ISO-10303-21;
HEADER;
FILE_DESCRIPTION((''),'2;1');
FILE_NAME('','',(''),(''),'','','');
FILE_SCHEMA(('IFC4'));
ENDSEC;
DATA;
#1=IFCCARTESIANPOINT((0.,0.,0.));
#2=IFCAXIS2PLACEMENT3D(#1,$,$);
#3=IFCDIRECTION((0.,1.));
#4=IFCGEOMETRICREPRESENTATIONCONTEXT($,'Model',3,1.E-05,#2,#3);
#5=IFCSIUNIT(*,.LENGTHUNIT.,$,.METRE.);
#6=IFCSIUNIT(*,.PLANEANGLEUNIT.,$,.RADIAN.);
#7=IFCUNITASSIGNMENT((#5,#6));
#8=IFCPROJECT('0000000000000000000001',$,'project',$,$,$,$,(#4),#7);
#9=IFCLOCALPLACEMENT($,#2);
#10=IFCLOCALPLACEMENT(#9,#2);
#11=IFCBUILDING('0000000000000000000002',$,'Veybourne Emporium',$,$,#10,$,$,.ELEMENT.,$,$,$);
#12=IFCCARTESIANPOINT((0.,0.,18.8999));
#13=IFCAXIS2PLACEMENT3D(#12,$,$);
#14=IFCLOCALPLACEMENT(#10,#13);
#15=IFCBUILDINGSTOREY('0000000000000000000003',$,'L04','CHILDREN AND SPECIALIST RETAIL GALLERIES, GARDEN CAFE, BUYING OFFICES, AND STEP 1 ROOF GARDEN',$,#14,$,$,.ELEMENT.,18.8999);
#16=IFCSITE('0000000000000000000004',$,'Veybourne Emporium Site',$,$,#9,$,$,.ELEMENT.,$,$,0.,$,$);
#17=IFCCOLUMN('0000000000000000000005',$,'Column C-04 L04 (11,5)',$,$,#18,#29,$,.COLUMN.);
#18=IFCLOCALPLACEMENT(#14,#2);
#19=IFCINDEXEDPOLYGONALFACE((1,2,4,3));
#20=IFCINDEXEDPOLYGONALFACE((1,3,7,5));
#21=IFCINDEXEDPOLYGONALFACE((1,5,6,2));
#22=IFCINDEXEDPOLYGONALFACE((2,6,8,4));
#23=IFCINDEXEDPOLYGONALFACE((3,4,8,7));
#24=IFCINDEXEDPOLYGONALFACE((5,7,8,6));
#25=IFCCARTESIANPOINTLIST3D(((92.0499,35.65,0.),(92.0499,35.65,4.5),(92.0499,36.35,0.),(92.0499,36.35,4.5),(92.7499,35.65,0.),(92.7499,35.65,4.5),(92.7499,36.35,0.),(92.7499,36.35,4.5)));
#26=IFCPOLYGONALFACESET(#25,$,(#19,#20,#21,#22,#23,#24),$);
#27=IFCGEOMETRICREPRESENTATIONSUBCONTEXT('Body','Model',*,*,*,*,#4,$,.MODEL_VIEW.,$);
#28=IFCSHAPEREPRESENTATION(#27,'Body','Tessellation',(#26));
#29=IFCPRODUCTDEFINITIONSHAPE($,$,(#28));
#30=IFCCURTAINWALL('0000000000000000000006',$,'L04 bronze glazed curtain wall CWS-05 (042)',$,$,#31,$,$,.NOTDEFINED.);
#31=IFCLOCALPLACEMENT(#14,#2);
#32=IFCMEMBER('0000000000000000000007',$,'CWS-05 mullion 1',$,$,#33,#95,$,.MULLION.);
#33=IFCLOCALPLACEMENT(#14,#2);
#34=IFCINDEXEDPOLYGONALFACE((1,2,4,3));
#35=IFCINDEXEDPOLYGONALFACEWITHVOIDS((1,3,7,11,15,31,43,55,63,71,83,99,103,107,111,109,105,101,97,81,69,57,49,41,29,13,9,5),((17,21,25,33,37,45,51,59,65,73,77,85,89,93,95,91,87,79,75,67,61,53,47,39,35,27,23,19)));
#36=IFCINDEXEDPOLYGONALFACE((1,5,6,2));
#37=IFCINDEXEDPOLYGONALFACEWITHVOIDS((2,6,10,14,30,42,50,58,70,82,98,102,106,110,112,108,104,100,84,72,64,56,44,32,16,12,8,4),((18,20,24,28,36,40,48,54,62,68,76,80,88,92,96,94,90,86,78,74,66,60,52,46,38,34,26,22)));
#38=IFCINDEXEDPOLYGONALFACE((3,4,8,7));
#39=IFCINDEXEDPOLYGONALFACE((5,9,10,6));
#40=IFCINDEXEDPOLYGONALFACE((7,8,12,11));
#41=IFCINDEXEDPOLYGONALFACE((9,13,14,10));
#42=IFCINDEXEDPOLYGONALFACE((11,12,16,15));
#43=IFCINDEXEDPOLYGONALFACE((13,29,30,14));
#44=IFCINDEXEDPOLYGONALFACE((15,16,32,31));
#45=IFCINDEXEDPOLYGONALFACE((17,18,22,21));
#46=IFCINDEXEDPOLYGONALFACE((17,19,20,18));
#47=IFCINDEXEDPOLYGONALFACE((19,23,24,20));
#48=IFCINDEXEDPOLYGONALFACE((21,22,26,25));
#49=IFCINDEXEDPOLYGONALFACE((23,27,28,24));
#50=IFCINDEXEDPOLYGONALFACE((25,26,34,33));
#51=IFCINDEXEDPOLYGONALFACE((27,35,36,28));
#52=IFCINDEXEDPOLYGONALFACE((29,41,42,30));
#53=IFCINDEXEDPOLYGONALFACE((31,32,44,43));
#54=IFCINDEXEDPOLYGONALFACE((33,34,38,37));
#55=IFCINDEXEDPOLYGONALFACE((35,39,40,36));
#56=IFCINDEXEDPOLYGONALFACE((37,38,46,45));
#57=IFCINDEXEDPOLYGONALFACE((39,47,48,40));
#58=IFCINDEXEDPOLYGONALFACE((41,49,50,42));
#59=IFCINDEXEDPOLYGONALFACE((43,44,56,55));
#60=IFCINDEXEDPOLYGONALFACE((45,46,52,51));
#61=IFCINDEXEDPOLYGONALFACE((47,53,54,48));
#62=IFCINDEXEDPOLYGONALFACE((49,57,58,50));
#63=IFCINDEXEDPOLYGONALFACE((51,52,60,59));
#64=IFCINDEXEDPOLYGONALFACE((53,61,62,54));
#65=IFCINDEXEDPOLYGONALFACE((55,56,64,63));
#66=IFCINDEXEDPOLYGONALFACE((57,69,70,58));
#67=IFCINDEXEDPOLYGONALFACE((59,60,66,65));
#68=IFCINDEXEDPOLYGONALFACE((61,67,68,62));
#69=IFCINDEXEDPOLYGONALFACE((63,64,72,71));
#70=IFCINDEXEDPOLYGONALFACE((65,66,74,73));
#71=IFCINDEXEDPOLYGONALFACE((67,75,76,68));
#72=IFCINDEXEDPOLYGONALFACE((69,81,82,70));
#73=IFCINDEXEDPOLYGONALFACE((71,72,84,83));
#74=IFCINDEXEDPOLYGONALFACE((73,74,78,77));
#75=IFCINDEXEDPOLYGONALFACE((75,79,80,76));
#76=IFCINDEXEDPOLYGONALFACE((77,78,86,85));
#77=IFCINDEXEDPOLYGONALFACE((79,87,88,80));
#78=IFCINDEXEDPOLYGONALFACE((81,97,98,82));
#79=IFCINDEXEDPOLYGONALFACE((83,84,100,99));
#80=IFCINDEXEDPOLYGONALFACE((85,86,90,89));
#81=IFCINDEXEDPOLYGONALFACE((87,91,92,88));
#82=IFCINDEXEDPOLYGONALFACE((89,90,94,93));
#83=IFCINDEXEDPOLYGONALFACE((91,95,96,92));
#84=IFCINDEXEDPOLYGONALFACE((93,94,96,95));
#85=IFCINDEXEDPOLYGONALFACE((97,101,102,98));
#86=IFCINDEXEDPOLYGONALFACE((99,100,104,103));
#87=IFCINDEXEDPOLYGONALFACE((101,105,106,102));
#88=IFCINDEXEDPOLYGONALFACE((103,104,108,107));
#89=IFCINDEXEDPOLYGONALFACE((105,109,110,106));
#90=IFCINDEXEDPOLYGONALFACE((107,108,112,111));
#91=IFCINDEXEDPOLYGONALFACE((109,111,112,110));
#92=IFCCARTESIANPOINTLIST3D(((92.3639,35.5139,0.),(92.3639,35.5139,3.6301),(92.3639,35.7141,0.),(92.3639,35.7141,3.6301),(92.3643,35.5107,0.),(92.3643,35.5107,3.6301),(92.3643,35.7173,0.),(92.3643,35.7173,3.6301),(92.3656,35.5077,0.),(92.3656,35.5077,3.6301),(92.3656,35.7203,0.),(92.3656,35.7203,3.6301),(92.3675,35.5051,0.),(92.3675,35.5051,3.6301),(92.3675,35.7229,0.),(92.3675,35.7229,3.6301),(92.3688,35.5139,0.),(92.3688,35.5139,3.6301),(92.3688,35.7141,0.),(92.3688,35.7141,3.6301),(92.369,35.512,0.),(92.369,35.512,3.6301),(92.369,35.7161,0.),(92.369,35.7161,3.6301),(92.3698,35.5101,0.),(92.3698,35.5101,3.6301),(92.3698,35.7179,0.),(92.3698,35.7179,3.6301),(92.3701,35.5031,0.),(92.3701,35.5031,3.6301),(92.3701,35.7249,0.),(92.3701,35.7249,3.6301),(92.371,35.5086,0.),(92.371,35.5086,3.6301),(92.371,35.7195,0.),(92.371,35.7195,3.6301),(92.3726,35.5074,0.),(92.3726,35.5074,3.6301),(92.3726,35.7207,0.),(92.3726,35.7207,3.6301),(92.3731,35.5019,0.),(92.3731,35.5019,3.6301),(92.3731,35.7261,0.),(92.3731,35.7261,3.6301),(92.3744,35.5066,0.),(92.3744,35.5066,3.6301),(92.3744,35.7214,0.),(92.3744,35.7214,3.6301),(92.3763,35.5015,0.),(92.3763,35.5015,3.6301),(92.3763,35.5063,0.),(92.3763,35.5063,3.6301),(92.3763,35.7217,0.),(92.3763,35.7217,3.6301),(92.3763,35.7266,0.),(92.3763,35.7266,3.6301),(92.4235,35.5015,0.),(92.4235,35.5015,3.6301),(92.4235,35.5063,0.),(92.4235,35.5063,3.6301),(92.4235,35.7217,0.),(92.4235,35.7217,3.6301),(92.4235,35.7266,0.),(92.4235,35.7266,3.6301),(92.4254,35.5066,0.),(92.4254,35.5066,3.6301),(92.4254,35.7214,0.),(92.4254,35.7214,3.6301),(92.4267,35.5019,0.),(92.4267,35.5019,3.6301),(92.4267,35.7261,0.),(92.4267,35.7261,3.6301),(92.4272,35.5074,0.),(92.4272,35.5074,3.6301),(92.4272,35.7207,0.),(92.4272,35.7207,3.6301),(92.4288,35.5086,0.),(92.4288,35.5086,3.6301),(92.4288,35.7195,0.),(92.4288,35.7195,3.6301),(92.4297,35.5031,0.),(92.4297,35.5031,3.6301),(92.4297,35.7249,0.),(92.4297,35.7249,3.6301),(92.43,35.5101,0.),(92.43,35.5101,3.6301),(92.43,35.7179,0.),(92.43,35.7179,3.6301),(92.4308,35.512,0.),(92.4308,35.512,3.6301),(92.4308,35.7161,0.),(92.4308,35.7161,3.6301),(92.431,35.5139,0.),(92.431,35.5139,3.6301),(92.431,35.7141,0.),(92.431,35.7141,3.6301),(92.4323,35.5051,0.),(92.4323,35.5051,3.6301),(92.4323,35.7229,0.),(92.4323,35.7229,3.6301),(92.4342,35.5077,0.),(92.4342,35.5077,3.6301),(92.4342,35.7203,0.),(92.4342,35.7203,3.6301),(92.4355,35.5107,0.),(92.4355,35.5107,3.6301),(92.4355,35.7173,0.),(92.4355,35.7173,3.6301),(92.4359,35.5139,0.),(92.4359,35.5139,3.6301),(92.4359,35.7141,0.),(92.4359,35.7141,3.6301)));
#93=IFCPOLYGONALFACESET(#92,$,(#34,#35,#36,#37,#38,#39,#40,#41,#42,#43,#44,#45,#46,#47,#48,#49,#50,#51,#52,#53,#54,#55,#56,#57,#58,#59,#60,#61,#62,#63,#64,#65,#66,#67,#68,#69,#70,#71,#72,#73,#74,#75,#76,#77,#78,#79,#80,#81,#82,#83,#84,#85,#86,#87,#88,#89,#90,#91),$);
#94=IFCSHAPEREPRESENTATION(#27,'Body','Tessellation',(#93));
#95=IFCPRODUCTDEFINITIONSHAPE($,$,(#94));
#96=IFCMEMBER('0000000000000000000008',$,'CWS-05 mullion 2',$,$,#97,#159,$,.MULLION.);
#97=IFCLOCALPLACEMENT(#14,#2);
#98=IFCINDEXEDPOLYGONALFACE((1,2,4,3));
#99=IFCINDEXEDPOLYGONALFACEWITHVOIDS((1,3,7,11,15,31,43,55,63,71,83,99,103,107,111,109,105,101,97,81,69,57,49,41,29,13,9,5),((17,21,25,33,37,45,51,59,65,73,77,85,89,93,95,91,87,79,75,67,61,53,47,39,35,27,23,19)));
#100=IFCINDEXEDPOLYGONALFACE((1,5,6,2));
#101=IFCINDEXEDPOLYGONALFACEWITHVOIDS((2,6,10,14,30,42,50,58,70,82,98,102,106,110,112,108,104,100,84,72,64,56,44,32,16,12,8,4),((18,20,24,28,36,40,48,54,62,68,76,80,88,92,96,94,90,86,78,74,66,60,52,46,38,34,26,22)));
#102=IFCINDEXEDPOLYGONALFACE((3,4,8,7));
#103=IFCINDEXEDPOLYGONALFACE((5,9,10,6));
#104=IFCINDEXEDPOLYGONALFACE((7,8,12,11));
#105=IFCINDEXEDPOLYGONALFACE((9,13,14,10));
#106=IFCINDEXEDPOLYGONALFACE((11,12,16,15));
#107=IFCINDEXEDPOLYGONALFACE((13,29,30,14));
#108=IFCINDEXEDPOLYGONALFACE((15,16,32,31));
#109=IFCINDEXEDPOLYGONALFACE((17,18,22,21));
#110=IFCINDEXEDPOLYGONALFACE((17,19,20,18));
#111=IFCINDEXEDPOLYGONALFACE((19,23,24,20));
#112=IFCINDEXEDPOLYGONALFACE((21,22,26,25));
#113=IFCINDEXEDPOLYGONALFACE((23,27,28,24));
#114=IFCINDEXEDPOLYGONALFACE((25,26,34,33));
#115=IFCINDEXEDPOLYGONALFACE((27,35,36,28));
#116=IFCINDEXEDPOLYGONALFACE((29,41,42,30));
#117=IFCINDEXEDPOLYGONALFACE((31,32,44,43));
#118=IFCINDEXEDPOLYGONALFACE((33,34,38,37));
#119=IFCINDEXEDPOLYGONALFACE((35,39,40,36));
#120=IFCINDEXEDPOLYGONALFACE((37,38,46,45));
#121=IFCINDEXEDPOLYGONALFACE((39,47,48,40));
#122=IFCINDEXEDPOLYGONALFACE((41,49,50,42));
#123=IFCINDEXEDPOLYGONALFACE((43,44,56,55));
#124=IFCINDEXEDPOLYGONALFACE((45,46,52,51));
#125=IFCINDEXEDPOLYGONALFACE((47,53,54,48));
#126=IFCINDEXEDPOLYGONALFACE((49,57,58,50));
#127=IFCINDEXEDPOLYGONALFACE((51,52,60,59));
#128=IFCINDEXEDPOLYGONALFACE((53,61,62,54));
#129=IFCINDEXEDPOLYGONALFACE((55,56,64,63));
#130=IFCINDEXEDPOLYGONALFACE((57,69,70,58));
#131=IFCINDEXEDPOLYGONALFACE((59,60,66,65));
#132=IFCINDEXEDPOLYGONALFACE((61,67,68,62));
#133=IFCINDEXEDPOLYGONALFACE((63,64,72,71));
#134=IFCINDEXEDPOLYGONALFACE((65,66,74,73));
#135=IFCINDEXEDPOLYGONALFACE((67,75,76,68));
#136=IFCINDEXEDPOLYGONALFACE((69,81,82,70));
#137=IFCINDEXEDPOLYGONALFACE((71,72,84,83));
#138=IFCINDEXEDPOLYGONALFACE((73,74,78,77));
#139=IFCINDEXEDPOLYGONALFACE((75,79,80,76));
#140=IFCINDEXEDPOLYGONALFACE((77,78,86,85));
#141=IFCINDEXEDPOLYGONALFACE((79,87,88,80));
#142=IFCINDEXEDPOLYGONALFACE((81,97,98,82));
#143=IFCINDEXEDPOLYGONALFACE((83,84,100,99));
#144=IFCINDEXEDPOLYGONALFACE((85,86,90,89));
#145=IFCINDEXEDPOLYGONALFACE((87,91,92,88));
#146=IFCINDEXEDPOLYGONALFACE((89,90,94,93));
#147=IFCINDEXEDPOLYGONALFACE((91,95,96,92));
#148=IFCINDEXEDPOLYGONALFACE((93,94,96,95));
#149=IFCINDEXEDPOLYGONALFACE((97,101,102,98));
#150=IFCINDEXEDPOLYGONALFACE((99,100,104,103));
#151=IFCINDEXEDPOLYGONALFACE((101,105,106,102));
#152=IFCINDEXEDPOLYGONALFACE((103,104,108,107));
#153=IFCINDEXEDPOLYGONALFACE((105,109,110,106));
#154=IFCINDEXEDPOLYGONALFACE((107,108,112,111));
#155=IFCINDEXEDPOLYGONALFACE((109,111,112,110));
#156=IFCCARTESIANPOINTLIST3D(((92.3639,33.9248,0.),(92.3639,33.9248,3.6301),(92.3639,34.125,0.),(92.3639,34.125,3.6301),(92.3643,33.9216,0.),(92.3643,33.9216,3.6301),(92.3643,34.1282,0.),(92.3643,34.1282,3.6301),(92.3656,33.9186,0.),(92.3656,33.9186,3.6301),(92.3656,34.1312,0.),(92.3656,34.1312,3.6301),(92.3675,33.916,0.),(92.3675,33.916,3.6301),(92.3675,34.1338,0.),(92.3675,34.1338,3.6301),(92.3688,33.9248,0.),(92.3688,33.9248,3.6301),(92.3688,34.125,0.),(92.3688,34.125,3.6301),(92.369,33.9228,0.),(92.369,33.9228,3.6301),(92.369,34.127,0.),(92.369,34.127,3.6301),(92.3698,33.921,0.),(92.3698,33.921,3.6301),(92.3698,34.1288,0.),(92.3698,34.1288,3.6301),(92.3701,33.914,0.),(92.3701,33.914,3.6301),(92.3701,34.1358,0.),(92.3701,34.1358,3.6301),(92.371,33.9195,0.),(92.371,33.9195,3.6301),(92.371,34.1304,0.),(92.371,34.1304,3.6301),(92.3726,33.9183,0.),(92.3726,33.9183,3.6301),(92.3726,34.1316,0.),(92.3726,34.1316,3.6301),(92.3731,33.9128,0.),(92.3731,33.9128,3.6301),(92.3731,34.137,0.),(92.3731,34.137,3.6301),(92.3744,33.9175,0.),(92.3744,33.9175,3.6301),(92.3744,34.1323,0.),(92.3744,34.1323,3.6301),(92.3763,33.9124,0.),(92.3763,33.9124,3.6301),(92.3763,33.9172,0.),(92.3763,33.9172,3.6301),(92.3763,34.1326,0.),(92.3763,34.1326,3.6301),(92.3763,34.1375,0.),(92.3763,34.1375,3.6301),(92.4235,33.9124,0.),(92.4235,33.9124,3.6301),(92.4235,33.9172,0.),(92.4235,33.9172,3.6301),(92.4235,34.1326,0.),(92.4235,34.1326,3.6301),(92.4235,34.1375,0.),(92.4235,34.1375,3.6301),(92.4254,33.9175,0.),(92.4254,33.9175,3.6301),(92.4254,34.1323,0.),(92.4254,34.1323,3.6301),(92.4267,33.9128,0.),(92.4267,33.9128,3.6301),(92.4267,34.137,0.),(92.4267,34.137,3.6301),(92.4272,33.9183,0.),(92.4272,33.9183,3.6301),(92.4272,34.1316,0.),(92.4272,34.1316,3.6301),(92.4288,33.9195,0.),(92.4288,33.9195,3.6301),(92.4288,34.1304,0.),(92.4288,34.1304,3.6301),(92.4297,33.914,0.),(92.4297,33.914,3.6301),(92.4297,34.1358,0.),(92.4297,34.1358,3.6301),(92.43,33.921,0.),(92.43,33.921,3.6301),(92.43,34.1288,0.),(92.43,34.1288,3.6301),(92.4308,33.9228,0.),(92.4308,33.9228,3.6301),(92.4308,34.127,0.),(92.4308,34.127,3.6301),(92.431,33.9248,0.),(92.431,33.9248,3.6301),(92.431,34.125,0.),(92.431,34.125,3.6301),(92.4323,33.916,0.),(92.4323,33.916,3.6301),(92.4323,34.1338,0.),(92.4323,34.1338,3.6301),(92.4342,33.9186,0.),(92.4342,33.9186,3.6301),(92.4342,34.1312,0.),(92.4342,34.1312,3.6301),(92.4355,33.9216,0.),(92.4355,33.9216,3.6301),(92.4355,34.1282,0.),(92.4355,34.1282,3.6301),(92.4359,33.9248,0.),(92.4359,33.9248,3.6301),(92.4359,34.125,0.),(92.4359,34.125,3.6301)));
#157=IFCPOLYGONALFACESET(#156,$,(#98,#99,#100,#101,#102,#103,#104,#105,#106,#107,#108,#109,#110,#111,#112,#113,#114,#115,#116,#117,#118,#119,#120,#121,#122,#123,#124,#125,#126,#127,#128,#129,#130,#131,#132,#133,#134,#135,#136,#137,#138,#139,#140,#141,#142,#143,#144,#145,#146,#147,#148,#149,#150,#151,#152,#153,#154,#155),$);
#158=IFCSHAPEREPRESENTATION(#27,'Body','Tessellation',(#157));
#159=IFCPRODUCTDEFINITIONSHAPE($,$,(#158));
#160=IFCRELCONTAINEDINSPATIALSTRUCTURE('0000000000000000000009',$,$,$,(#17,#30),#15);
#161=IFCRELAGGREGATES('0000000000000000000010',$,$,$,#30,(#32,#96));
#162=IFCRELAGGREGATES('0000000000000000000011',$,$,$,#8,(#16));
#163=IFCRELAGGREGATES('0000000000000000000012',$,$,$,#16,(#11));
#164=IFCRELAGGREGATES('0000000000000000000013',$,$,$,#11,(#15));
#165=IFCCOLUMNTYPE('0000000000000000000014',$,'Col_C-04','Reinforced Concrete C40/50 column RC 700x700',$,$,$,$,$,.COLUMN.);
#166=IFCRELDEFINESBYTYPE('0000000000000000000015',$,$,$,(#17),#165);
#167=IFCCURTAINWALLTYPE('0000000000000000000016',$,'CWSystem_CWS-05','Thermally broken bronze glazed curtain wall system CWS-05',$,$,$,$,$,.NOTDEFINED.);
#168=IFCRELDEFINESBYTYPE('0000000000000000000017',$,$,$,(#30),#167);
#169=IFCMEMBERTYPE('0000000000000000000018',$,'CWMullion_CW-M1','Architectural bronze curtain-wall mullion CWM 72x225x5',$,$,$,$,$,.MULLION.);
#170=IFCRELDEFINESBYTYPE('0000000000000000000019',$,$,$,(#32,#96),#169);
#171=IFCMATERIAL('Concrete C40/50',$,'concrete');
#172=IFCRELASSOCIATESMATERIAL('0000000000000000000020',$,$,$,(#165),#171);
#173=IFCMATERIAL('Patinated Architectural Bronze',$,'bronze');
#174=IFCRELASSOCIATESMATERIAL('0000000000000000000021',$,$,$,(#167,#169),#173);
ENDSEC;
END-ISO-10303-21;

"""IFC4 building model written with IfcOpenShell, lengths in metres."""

from ifc_helpers import new_model, si_unit, direction, frame, origin, origin_2d, place, context, subcontext, project, spatial, rectangle, hollow_rectangle, extrude, material, material_profile, profile_set, type_object, element, aggregate, save


model = new_model("IFC4")

# Units and contexts
model_context = context("Model", 3, precision=1e-05, world=origin(), true_north=direction((0.0, 1.0)))
body_context = subcontext(model_context, "Body", "Model", "MODEL_VIEW")
ifc_project = project(units=[si_unit("LENGTHUNIT", "METRE"), si_unit("PLANEANGLEUNIT", "RADIAN")], contexts=[model_context])

# Site, building, storey
site_placement = place(None, origin())
site = spatial("IfcSite", under=ifc_project, at=site_placement, Name="Veybourne Emporium Site", CompositionType="ELEMENT", RefElevation=0.0)
building_placement = place(site_placement, origin())
building = spatial("IfcBuilding", under=site, at=building_placement, Name="Veybourne Emporium", CompositionType="ELEMENT")
storey_placement = place(building_placement, frame((0.0, 0.0, 18.8999)))
storey = spatial("IfcBuildingStorey", under=building, at=storey_placement, Name="L04", Description="CHILDREN AND SPECIALIST RETAIL GALLERIES, GARDEN CAFE, BUYING OFFICES, AND STEP 1 ROOF GARDEN", CompositionType="ELEMENT", Elevation=18.8999)

# Column
ifc_material_1 = material(Name="Concrete C40/50", Category="concrete")
ifc_material_profile_1 = material_profile(ifc_material_1, rectangle(XDim=0.7, YDim=0.7, at=origin_2d()), Name="RC 700x700")
ifc_profile_set_1 = profile_set([ifc_material_profile_1], Name="Concrete C40/50")
column_type = type_object("IfcColumnType", Name="Col_C-04", Description="Reinforced Concrete C40/50 column RC 700x700", PredefinedType="COLUMN", material=ifc_profile_set_1)
column_placement = place(storey_placement, frame((92.3999, 36.0, 0.0), z_axis=(0.0, 0.0, 1.0), x_axis=(1.0, 0.0, 0.0)))
element("IfcColumn", 1, at=column_placement, inside=storey, type_object=column_type, Name="Column C-04 L04 (11,5)", PredefinedType="COLUMN", context=body_context, shape_type="SweptSolid", body=[
    extrude(rectangle(XDim=0.7, YDim=0.7, at=origin_2d()), origin(), (0.0, 0.0, 1.0), 4.5),
])

# Curtain wall, members
ifc_material_2 = material(Name="Patinated Architectural Bronze", Category="bronze")
curtain_wall_type_1 = type_object("IfcCurtainWallType", Name="CWSystem_CWS-05", Description="Thermally broken bronze glazed curtain wall system CWS-05", PredefinedType="NOTDEFINED", material=ifc_material_2)
curtain_wall_1_placement = place(storey_placement, origin())
curtain_wall_1 = element("IfcCurtainWall", 2, at=curtain_wall_1_placement, inside=storey, type_object=curtain_wall_type_1, Name="L04 bronze glazed curtain wall CWS-05 (042)", PredefinedType="NOTDEFINED")
ifc_material_profile_2 = material_profile(ifc_material_2, hollow_rectangle(XDim=0.072, YDim=0.2251, WallThickness=0.0049, InnerFilletRadius=0.0076, OuterFilletRadius=0.0125, at=origin_2d()), Name="CWM 72x225x5")
ifc_profile_set_2 = profile_set([ifc_material_profile_2], Name="Patinated Architectural Bronze")
member_type_1 = type_object("IfcMemberType", Name="CWMullion_CW-M1", Description="Architectural bronze curtain-wall mullion CWM 72x225x5", PredefinedType="MULLION", material=ifc_profile_set_2)
member_1_placement = place(storey_placement, frame((92.3999, 35.614, 0.0), z_axis=(0.0, 0.0, 1.0), x_axis=(1.0, 0.0, 0.0)))
member_1 = element("IfcMember", 3, at=member_1_placement, type_object=member_type_1, Name="CWS-05 mullion 1", PredefinedType="MULLION", context=body_context, shape_type="SweptSolid", body=[
    extrude(hollow_rectangle(XDim=0.072, YDim=0.2251, WallThickness=0.0049, InnerFilletRadius=0.0076, OuterFilletRadius=0.0125, at=origin_2d()), origin(), (0.0, 0.0, 1.0), 3.6301),
])
member_2_placement = place(storey_placement, frame((92.3999, 34.0249, 0.0), z_axis=(0.0, 0.0, 1.0), x_axis=(1.0, 0.0, 0.0)))
member_2 = element("IfcMember", 4, at=member_2_placement, type_object=member_type_1, Name="CWS-05 mullion 2", PredefinedType="MULLION", context=body_context, shape_type="SweptSolid", body=[
    extrude(hollow_rectangle(XDim=0.072, YDim=0.2251, WallThickness=0.0049, InnerFilletRadius=0.0076, OuterFilletRadius=0.0125, at=origin_2d()), origin(), (0.0, 0.0, 1.0), 3.6301),
])

aggregate(curtain_wall_1, [member_1, member_2])

save(model, "model.ifc")
